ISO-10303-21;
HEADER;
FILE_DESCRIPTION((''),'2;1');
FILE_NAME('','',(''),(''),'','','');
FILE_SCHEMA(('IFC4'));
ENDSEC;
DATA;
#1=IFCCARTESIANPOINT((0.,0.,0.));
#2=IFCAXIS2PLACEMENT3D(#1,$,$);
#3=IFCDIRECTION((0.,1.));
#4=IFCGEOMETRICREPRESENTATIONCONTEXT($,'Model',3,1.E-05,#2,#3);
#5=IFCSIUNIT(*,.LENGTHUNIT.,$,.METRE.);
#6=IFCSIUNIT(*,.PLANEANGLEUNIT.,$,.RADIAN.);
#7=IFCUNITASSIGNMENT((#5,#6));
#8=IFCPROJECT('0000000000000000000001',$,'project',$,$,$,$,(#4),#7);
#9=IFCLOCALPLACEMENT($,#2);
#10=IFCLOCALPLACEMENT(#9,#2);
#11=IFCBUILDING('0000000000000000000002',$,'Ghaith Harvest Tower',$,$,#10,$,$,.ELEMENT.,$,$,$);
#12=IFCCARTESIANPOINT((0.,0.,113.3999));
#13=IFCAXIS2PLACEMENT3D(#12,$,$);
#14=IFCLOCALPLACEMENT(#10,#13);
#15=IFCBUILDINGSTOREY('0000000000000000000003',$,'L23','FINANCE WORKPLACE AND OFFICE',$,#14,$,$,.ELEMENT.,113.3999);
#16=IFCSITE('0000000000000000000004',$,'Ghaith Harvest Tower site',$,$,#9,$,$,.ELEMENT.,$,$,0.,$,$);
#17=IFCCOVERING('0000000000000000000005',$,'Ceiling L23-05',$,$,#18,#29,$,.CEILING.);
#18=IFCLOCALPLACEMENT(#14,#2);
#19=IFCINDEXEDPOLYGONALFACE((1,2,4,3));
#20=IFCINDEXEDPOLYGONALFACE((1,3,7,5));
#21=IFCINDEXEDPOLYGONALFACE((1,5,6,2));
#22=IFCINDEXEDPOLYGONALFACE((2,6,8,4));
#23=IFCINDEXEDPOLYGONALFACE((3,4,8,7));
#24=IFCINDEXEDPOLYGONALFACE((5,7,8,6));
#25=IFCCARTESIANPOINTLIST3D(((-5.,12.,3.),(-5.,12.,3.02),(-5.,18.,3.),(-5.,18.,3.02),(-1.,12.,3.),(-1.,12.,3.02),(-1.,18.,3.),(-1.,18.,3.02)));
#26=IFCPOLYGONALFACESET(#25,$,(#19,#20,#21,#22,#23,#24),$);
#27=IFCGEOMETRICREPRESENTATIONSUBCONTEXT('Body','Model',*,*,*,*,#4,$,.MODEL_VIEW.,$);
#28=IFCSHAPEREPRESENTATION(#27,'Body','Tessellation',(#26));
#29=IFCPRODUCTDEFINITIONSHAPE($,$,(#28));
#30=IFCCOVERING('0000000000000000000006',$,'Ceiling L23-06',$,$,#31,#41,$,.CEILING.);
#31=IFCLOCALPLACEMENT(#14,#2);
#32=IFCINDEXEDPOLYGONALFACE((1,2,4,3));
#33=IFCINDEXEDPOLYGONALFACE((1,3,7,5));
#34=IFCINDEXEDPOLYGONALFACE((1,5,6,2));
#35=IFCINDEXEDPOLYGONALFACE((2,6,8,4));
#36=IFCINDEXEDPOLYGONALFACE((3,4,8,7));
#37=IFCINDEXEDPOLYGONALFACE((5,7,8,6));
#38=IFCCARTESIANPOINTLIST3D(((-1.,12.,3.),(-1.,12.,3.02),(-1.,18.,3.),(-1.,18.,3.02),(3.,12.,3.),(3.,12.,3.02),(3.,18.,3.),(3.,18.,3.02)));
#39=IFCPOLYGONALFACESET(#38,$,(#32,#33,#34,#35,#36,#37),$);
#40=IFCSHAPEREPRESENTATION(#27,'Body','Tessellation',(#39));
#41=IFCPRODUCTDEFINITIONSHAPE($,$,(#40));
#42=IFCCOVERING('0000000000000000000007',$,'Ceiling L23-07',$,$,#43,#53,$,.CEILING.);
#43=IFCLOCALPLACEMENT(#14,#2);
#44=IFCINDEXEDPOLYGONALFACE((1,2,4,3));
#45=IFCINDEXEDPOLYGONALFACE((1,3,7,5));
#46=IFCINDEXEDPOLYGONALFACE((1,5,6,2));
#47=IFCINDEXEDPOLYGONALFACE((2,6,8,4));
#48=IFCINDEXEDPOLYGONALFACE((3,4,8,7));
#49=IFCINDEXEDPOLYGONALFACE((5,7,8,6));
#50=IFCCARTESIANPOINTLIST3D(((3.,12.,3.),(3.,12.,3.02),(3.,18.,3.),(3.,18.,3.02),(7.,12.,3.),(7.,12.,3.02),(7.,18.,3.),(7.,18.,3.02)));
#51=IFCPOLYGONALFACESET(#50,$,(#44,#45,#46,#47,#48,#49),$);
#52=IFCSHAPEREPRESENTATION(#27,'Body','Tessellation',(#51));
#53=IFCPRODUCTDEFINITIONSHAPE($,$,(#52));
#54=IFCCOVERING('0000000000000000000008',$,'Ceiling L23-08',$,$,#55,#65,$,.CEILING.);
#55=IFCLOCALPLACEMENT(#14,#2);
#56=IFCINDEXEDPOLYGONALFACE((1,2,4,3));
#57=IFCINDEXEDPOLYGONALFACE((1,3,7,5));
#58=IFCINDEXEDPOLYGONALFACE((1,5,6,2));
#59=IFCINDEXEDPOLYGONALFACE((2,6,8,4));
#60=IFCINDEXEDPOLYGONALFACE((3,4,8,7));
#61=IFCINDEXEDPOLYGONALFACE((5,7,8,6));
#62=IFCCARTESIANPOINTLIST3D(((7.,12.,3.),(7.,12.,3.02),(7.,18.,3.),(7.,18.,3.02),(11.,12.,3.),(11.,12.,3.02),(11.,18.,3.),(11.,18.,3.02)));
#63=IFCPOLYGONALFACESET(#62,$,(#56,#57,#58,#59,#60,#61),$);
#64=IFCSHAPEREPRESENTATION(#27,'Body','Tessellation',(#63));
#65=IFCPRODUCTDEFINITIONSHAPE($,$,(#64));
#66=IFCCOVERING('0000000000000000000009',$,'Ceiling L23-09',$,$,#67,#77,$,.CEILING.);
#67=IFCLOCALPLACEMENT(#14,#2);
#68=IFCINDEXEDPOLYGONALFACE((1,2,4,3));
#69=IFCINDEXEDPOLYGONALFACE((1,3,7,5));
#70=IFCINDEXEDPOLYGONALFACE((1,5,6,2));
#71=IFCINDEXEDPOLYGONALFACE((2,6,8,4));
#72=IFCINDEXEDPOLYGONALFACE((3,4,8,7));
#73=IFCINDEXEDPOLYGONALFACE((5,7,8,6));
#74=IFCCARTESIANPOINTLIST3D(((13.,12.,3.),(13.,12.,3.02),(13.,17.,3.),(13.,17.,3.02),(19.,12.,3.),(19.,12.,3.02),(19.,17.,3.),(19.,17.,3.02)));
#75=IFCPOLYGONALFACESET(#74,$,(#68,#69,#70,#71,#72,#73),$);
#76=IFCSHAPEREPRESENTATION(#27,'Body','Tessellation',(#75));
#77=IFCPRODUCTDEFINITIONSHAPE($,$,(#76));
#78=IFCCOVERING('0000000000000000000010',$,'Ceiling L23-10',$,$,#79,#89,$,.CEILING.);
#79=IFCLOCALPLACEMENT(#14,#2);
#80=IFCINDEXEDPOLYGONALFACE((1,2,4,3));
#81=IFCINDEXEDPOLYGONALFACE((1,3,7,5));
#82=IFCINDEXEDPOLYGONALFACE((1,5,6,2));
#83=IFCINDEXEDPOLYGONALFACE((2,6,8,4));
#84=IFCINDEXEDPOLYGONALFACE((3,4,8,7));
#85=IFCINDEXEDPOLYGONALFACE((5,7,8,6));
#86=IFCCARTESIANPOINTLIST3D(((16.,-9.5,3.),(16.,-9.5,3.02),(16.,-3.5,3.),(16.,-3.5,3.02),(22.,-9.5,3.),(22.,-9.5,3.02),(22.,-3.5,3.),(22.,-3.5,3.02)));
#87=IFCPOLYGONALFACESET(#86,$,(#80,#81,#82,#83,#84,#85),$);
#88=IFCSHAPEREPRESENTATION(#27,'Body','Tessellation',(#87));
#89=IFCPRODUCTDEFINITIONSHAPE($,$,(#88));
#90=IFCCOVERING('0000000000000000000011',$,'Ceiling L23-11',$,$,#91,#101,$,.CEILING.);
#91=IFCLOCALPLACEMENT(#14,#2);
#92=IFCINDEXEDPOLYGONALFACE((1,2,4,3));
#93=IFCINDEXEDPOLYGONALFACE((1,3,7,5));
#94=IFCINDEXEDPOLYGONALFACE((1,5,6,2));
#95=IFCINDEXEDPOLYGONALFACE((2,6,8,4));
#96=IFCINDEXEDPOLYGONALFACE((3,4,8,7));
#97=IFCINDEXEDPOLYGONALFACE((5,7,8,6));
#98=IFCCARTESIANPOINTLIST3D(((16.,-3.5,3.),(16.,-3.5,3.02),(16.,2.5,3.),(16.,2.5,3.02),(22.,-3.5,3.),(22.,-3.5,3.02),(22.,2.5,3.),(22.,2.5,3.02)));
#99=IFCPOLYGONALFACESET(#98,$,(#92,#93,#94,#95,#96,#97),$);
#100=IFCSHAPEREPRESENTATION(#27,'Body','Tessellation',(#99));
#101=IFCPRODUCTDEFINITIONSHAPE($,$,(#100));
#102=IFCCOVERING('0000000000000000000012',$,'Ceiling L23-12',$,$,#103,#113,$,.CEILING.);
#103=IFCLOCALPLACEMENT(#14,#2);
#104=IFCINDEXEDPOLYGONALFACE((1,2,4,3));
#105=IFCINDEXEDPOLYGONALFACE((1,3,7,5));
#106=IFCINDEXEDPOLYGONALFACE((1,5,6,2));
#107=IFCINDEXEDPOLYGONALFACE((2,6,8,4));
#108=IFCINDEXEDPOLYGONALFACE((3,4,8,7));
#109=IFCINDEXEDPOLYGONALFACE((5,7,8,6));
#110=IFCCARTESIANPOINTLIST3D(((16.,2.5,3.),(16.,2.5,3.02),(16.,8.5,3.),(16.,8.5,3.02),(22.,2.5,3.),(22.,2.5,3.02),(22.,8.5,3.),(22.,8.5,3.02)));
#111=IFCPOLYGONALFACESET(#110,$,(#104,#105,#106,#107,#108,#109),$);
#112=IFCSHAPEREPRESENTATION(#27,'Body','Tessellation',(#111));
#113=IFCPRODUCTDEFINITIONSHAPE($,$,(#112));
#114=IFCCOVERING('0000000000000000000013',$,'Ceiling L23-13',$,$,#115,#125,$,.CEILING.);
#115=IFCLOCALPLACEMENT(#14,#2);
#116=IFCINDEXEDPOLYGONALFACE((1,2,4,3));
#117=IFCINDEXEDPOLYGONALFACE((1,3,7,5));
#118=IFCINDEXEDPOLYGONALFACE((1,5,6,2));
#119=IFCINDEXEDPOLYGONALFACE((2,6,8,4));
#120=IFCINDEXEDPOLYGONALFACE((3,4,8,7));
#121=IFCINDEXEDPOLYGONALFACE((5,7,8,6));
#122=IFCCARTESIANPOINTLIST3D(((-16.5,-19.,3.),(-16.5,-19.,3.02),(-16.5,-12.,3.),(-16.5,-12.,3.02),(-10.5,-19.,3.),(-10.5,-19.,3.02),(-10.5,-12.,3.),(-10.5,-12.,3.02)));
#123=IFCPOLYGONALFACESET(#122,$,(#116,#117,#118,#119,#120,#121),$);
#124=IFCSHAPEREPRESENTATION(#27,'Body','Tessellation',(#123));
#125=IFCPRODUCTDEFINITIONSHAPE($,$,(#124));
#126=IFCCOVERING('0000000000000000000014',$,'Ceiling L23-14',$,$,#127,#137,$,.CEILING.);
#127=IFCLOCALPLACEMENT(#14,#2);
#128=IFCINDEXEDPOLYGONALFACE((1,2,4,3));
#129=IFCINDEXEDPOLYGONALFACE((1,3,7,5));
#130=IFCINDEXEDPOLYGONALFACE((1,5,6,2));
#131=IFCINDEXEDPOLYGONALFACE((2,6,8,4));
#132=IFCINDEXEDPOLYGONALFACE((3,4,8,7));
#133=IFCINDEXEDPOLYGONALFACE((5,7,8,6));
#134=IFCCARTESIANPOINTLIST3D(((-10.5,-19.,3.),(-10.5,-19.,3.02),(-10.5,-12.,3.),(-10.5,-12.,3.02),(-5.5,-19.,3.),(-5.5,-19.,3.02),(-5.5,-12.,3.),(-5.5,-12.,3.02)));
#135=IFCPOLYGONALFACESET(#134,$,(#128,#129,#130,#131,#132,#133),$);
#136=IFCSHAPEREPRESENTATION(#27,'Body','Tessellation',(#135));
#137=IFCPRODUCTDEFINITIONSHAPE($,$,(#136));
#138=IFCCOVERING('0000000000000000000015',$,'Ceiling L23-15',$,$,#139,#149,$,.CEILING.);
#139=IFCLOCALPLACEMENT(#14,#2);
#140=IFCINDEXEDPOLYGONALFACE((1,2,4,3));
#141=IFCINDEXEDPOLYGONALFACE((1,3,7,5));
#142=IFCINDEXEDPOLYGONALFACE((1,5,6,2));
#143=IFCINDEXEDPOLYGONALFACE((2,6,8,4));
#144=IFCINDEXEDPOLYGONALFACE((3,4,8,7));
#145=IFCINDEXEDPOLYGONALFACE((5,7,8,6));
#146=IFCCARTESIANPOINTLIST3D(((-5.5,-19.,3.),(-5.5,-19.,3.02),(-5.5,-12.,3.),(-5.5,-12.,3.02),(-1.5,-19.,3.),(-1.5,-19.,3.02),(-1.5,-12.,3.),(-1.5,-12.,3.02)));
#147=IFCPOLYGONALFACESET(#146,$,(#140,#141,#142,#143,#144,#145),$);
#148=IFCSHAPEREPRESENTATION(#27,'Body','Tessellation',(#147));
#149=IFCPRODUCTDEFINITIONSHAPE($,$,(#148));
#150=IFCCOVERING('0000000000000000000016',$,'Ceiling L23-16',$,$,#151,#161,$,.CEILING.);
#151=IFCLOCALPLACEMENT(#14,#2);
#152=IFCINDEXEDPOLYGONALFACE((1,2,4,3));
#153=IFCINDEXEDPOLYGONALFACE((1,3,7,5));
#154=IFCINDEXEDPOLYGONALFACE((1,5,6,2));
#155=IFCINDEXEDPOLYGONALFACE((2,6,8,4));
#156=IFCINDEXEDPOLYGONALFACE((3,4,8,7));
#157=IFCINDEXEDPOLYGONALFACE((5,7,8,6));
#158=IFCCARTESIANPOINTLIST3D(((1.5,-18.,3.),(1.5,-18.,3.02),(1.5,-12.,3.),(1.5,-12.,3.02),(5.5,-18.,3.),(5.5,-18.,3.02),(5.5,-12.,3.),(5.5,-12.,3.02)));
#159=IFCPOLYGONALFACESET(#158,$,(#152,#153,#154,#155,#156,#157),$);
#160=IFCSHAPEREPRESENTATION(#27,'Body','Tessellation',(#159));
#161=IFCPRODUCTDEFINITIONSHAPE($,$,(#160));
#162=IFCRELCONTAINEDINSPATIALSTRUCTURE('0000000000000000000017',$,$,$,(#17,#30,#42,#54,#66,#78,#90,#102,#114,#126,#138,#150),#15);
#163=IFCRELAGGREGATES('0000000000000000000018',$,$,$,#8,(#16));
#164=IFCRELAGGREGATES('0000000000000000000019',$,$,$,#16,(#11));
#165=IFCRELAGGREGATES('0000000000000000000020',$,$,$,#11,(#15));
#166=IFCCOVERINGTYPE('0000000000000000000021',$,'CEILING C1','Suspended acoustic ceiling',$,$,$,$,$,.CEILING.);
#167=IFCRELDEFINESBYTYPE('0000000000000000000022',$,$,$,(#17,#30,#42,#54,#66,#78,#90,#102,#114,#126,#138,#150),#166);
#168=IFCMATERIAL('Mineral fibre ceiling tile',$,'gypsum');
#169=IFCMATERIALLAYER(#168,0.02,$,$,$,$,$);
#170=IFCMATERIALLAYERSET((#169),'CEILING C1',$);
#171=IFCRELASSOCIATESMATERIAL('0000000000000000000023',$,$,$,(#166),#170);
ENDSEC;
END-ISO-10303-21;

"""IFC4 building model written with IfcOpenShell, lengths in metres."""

from ifc_helpers import new_model, si_unit, direction, frame, origin, place, context, subcontext, project, spatial, polyline, outline, extrude, material, layer, layer_set, type_object, element, save


model = new_model("IFC4")

# Units and contexts
model_context = context("Model", 3, precision=1e-05, world=origin(), true_north=direction((0.0, 1.0)))
body_context = subcontext(model_context, "Body", "Model", "MODEL_VIEW")
ifc_project = project(units=[si_unit("LENGTHUNIT", "METRE"), si_unit("PLANEANGLEUNIT", "RADIAN")], contexts=[model_context])

# Site, building, storey
site_placement = place(None, origin())
site = spatial("IfcSite", under=ifc_project, at=site_placement, Name="Ghaith Harvest Tower site", CompositionType="ELEMENT", RefElevation=0.0)
building_placement = place(site_placement, origin())
building = spatial("IfcBuilding", under=site, at=building_placement, Name="Ghaith Harvest Tower", CompositionType="ELEMENT")
storey_placement = place(building_placement, frame((0.0, 0.0, 113.3999)))
storey = spatial("IfcBuildingStorey", under=building, at=storey_placement, Name="L23", Description="FINANCE WORKPLACE AND OFFICE", CompositionType="ELEMENT", Elevation=113.3999)

# Coverings
ifc_material_1 = material(Name="Mineral fibre ceiling tile", Category="gypsum")
ifc_layer_1 = layer(ifc_material_1, 0.02)
ifc_layer_set_1 = layer_set([ifc_layer_1], Name="CEILING C1")
covering_type = type_object("IfcCoveringType", Name="CEILING C1", Description="Suspended acoustic ceiling", PredefinedType="CEILING", material=ifc_layer_set_1)
covering_1_placement = place(storey_placement, frame((0.0, 0.0, 3.0)))
element("IfcCovering", 1, at=covering_1_placement, inside=storey, type_object=covering_type, Name="Ceiling L23-05", PredefinedType="CEILING", context=body_context, shape_type="SweptSolid", body=[
    extrude(outline(polyline([(-5.0, 12.0), (-1.0, 12.0), (-1.0, 18.0), (-5.0, 18.0), (-5.0, 12.0)])), origin(), (0.0, 0.0, 1.0), 0.02),
])
covering_2_placement = place(storey_placement, frame((0.0, 0.0, 3.0)))
element("IfcCovering", 2, at=covering_2_placement, inside=storey, type_object=covering_type, Name="Ceiling L23-06", PredefinedType="CEILING", context=body_context, shape_type="SweptSolid", body=[
    extrude(outline(polyline([(-1.0, 12.0), (3.0, 12.0), (3.0, 18.0), (-1.0, 18.0), (-1.0, 12.0)])), origin(), (0.0, 0.0, 1.0), 0.02),
])
covering_3_placement = place(storey_placement, frame((0.0, 0.0, 3.0)))
element("IfcCovering", 3, at=covering_3_placement, inside=storey, type_object=covering_type, Name="Ceiling L23-07", PredefinedType="CEILING", context=body_context, shape_type="SweptSolid", body=[
    extrude(outline(polyline([(3.0, 12.0), (7.0, 12.0), (7.0, 18.0), (3.0, 18.0), (3.0, 12.0)])), origin(), (0.0, 0.0, 1.0), 0.02),
])
covering_4_placement = place(storey_placement, frame((0.0, 0.0, 3.0)))
element("IfcCovering", 4, at=covering_4_placement, inside=storey, type_object=covering_type, Name="Ceiling L23-08", PredefinedType="CEILING", context=body_context, shape_type="SweptSolid", body=[
    extrude(outline(polyline([(7.0, 12.0), (11.0, 12.0), (11.0, 18.0), (7.0, 18.0), (7.0, 12.0)])), origin(), (0.0, 0.0, 1.0), 0.02),
])
covering_5_placement = place(storey_placement, frame((0.0, 0.0, 3.0)))
element("IfcCovering", 5, at=covering_5_placement, inside=storey, type_object=covering_type, Name="Ceiling L23-09", PredefinedType="CEILING", context=body_context, shape_type="SweptSolid", body=[
    extrude(outline(polyline([(13.0, 12.0), (19.0, 12.0), (19.0, 17.0), (13.0, 17.0), (13.0, 12.0)])), origin(), (0.0, 0.0, 1.0), 0.02),
])
covering_6_placement = place(storey_placement, frame((0.0, 0.0, 3.0)))
element("IfcCovering", 6, at=covering_6_placement, inside=storey, type_object=covering_type, Name="Ceiling L23-10", PredefinedType="CEILING", context=body_context, shape_type="SweptSolid", body=[
    extrude(outline(polyline([(16.0, -9.5), (22.0, -9.5), (22.0, -3.5), (16.0, -3.5), (16.0, -9.5)])), origin(), (0.0, 0.0, 1.0), 0.02),
])
covering_7_placement = place(storey_placement, frame((0.0, 0.0, 3.0)))
element("IfcCovering", 7, at=covering_7_placement, inside=storey, type_object=covering_type, Name="Ceiling L23-11", PredefinedType="CEILING", context=body_context, shape_type="SweptSolid", body=[
    extrude(outline(polyline([(16.0, -3.5), (22.0, -3.5), (22.0, 2.5), (16.0, 2.5), (16.0, -3.5)])), origin(), (0.0, 0.0, 1.0), 0.02),
])
covering_8_placement = place(storey_placement, frame((0.0, 0.0, 3.0)))
element("IfcCovering", 8, at=covering_8_placement, inside=storey, type_object=covering_type, Name="Ceiling L23-12", PredefinedType="CEILING", context=body_context, shape_type="SweptSolid", body=[
    extrude(outline(polyline([(16.0, 2.5), (22.0, 2.5), (22.0, 8.5), (16.0, 8.5), (16.0, 2.5)])), origin(), (0.0, 0.0, 1.0), 0.02),
])
covering_9_placement = place(storey_placement, frame((0.0, 0.0, 3.0)))
element("IfcCovering", 9, at=covering_9_placement, inside=storey, type_object=covering_type, Name="Ceiling L23-13", PredefinedType="CEILING", context=body_context, shape_type="SweptSolid", body=[
    extrude(outline(polyline([(-16.5, -19.0), (-10.5, -19.0), (-10.5, -12.0), (-16.5, -12.0), (-16.5, -19.0)])), origin(), (0.0, 0.0, 1.0), 0.02),
])
covering_10_placement = place(storey_placement, frame((0.0, 0.0, 3.0)))
element("IfcCovering", 10, at=covering_10_placement, inside=storey, type_object=covering_type, Name="Ceiling L23-14", PredefinedType="CEILING", context=body_context, shape_type="SweptSolid", body=[
    extrude(outline(polyline([(-10.5, -19.0), (-5.5, -19.0), (-5.5, -12.0), (-10.5, -12.0), (-10.5, -19.0)])), origin(), (0.0, 0.0, 1.0), 0.02),
])
covering_11_placement = place(storey_placement, frame((0.0, 0.0, 3.0)))
element("IfcCovering", 11, at=covering_11_placement, inside=storey, type_object=covering_type, Name="Ceiling L23-15", PredefinedType="CEILING", context=body_context, shape_type="SweptSolid", body=[
    extrude(outline(polyline([(-5.5, -19.0), (-1.5, -19.0), (-1.5, -12.0), (-5.5, -12.0), (-5.5, -19.0)])), origin(), (0.0, 0.0, 1.0), 0.02),
])
covering_12_placement = place(storey_placement, frame((0.0, 0.0, 3.0)))
element("IfcCovering", 12, at=covering_12_placement, inside=storey, type_object=covering_type, Name="Ceiling L23-16", PredefinedType="CEILING", context=body_context, shape_type="SweptSolid", body=[
    extrude(outline(polyline([(1.5, -18.0), (5.5, -18.0), (5.5, -12.0), (1.5, -12.0), (1.5, -18.0)])), origin(), (0.0, 0.0, 1.0), 0.02),
])

save(model, "model.ifc")
